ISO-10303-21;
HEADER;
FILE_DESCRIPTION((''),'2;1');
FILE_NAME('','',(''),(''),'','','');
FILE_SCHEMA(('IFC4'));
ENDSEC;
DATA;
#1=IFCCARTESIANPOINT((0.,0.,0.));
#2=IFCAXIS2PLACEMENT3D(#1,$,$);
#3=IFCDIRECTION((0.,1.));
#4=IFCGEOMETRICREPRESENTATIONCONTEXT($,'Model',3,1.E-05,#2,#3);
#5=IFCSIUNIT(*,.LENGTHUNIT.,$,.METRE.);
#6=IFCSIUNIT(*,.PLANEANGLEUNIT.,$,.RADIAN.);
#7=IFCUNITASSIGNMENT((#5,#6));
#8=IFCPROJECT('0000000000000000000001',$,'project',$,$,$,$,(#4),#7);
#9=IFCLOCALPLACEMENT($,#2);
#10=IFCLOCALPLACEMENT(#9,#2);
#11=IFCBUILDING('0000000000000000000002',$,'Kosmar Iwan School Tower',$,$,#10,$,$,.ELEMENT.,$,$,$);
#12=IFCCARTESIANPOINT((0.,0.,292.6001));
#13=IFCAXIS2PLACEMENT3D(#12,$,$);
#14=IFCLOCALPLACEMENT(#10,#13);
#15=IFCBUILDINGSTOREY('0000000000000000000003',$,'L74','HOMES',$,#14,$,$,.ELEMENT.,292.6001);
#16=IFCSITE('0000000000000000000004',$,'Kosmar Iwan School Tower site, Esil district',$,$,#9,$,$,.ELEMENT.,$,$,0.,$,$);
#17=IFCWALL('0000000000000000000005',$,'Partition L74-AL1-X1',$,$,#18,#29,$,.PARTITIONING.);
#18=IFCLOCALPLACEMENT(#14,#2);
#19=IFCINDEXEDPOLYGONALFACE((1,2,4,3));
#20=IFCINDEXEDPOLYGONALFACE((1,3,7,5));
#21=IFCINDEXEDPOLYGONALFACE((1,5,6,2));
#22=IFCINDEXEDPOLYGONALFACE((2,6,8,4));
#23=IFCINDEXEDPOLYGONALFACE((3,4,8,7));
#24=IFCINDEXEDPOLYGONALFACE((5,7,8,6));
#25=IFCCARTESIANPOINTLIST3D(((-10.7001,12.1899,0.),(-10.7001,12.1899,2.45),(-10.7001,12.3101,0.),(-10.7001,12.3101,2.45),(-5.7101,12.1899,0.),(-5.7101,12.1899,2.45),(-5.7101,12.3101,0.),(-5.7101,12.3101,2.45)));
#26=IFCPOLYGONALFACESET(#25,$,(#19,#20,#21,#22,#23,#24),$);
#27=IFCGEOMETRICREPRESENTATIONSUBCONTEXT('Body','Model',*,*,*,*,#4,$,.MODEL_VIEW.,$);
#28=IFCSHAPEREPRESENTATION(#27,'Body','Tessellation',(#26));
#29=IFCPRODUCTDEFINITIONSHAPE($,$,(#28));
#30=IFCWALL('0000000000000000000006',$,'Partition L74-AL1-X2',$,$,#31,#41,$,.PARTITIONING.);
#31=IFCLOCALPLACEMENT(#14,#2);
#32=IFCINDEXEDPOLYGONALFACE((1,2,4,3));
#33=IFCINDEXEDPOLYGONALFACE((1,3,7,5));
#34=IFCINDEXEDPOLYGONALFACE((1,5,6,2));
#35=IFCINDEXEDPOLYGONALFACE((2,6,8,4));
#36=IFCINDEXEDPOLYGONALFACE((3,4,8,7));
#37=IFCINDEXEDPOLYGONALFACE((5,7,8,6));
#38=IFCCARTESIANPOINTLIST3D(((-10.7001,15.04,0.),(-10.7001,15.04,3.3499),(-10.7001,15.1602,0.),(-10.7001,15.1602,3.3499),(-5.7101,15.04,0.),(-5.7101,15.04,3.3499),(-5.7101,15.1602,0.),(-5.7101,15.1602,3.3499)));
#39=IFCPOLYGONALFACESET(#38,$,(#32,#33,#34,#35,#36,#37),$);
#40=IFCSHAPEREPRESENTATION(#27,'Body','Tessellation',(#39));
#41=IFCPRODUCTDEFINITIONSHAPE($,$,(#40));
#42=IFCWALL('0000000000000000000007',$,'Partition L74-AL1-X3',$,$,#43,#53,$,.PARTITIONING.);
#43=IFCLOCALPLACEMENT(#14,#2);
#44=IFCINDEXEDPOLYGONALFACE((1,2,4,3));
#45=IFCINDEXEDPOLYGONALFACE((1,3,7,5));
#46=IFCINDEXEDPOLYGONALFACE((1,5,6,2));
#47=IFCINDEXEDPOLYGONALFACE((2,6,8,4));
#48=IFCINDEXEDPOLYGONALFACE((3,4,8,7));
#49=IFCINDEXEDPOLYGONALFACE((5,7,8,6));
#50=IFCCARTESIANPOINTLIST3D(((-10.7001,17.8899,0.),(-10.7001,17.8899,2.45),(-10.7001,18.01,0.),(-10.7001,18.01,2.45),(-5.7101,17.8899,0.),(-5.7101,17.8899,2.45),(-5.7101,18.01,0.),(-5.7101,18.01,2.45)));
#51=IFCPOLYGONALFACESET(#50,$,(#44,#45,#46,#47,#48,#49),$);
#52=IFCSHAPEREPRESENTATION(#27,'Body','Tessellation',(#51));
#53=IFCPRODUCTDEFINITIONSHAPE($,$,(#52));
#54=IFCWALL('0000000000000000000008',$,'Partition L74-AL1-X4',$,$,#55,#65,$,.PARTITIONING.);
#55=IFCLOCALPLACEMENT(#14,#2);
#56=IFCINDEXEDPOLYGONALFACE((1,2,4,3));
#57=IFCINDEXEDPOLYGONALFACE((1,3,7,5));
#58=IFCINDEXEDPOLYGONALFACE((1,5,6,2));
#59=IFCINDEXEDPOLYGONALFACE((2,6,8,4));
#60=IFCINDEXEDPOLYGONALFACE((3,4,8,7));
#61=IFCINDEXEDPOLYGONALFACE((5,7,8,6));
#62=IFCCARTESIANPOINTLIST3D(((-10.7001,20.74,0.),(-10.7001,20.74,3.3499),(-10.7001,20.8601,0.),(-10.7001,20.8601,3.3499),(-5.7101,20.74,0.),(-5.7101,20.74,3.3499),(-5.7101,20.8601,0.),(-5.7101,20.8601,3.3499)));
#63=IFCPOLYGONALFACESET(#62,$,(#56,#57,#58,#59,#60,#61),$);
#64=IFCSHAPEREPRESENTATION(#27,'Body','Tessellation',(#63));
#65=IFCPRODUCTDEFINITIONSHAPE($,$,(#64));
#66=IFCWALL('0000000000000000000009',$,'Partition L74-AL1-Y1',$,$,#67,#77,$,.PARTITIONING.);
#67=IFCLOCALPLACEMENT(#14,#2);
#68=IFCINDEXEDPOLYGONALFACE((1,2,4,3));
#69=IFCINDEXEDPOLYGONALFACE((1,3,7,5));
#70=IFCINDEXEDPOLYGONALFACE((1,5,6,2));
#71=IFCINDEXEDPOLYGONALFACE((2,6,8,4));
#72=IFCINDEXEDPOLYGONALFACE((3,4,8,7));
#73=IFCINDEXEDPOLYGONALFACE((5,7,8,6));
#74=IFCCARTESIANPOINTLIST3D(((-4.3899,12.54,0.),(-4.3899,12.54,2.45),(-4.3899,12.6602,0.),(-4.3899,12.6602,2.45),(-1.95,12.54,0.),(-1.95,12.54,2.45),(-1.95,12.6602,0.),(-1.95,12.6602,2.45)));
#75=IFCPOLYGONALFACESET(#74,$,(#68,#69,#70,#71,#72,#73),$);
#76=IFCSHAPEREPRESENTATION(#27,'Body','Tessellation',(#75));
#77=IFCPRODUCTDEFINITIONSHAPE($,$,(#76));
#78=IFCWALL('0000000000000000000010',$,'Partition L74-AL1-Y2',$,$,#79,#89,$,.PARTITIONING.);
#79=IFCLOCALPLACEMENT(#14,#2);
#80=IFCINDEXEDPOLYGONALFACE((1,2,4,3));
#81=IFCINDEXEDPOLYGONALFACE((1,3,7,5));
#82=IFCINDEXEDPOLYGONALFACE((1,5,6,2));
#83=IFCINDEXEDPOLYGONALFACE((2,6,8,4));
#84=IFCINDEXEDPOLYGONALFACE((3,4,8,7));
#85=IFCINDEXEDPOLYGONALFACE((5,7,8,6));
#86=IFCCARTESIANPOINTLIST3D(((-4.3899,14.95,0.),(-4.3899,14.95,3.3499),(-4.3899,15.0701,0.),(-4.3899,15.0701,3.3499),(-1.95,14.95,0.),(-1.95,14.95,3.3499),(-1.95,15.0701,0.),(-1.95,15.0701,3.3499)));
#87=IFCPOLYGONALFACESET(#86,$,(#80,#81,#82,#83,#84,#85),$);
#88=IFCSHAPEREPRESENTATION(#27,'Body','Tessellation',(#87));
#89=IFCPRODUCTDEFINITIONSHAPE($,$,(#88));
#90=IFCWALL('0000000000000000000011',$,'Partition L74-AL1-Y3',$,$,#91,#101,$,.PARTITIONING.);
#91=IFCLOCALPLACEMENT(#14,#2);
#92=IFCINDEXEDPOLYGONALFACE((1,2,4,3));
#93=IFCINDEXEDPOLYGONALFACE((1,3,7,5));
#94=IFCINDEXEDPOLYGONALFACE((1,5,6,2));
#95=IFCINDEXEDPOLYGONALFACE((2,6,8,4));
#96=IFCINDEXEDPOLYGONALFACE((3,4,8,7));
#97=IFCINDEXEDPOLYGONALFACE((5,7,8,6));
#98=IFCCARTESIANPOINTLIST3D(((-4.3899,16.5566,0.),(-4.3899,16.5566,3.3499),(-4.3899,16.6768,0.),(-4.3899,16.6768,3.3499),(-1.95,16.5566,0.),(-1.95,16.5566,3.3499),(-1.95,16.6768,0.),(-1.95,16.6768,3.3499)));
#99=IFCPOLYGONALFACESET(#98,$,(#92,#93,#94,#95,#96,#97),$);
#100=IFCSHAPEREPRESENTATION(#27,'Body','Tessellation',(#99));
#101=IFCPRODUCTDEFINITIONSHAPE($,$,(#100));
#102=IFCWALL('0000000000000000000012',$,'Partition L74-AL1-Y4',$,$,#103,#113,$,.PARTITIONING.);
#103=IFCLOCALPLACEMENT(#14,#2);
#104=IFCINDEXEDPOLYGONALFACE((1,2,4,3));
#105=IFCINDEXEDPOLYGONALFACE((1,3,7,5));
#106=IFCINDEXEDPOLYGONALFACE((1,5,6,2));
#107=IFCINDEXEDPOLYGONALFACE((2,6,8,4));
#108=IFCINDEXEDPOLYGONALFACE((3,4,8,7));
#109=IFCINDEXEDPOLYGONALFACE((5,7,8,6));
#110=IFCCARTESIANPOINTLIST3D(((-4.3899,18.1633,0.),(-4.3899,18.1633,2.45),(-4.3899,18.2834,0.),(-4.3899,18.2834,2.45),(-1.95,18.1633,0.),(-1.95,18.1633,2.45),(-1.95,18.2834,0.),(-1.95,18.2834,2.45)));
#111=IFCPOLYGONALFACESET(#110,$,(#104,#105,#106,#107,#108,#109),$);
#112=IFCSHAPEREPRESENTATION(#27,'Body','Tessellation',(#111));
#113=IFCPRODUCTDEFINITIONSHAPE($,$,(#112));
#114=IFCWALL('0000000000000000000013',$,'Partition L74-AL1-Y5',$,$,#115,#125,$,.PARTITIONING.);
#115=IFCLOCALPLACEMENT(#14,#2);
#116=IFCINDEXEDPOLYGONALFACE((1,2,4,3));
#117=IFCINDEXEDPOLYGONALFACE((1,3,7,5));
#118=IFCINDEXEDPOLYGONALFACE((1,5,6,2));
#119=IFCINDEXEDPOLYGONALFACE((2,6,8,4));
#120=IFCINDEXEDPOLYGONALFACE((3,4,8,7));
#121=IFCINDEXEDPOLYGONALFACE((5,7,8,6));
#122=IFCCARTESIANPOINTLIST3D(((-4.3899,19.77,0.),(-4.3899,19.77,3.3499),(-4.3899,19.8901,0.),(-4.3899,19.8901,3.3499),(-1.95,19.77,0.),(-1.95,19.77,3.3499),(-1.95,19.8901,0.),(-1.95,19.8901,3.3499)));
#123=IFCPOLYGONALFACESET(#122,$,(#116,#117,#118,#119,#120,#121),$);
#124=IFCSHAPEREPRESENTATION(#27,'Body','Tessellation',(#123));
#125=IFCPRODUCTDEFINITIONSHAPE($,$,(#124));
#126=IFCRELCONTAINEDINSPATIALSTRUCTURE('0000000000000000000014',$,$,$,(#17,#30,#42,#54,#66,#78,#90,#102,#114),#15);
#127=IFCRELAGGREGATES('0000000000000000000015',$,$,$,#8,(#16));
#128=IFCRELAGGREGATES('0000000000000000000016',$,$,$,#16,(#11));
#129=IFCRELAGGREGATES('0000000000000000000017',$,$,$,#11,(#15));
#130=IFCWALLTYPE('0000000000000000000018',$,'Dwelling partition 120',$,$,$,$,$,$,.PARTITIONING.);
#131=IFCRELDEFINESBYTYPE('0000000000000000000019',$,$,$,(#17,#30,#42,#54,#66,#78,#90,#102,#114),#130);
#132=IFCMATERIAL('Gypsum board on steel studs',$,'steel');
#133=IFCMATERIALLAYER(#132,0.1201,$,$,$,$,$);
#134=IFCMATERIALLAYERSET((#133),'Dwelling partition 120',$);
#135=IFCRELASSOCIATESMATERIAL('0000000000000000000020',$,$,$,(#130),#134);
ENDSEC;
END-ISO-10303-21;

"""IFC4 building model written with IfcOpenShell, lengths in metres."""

from ifc_helpers import new_model, si_unit, direction, frame, frame_2d, origin, place, context, subcontext, project, spatial, rectangle, extrude, material, layer, layer_set, type_object, element, save


model = new_model("IFC4")

# Units and contexts
model_context = context("Model", 3, precision=1e-05, world=origin(), true_north=direction((0.0, 1.0)))
body_context = subcontext(model_context, "Body", "Model", "MODEL_VIEW")
ifc_project = project(units=[si_unit("LENGTHUNIT", "METRE"), si_unit("PLANEANGLEUNIT", "RADIAN")], contexts=[model_context])

# Site, building, storey
site_placement = place(None, origin())
site = spatial("IfcSite", under=ifc_project, at=site_placement, Name="Kosmar Iwan School Tower site, Esil district", CompositionType="ELEMENT", RefElevation=0.0)
building_placement = place(site_placement, origin())
building = spatial("IfcBuilding", under=site, at=building_placement, Name="Kosmar Iwan School Tower", CompositionType="ELEMENT")
storey_placement = place(building_placement, frame((0.0, 0.0, 292.6001)))
storey = spatial("IfcBuildingStorey", under=building, at=storey_placement, Name="L74", Description="HOMES", CompositionType="ELEMENT", Elevation=292.6001)

# Shared definitions
ifc_material_1 = material(Name="Gypsum board on steel studs", Category="steel")
ifc_layer_1 = layer(ifc_material_1, 0.1201)
ifc_layer_set_1 = layer_set([ifc_layer_1], Name="Dwelling partition 120")
wall_type_1 = type_object("IfcWallType", Name="Dwelling partition 120", PredefinedType="PARTITIONING", material=ifc_layer_set_1)

# Walls
wall_1_placement = place(storey_placement, frame((-5.71, 12.25, 0.0), z_axis=(0.0, 0.0, 1.0), x_axis=(-1.0, 0.0, 0.0)))
element("IfcWall", 1, at=wall_1_placement, inside=storey, type_object=wall_type_1, Name="Partition L74-AL1-X1", PredefinedType="PARTITIONING", context=body_context, shape_type="SweptSolid", body=[
    extrude(rectangle(XDim=4.99, YDim=0.1201, at=frame_2d((2.4951, 0.0))), origin(), (0.0, 0.0, 1.0), 2.45),
])
wall_2_placement = place(storey_placement, frame((-5.71, 15.1001, 0.0), z_axis=(0.0, 0.0, 1.0), x_axis=(-1.0, 0.0, 0.0)))
element("IfcWall", 2, at=wall_2_placement, inside=storey, type_object=wall_type_1, Name="Partition L74-AL1-X2", PredefinedType="PARTITIONING", context=body_context, shape_type="SweptSolid", body=[
    extrude(rectangle(XDim=4.99, YDim=0.1201, at=frame_2d((2.4951, 0.0))), origin(), (0.0, 0.0, 1.0), 3.3499),
])
wall_3_placement = place(storey_placement, frame((-5.71, 17.95, 0.0), z_axis=(0.0, 0.0, 1.0), x_axis=(-1.0, 0.0, 0.0)))
element("IfcWall", 3, at=wall_3_placement, inside=storey, type_object=wall_type_1, Name="Partition L74-AL1-X3", PredefinedType="PARTITIONING", context=body_context, shape_type="SweptSolid", body=[
    extrude(rectangle(XDim=4.99, YDim=0.1201, at=frame_2d((2.4951, 0.0))), origin(), (0.0, 0.0, 1.0), 2.45),
])
wall_4_placement = place(storey_placement, frame((-5.71, 20.8, 0.0), z_axis=(0.0, 0.0, 1.0), x_axis=(-1.0, 0.0, 0.0)))
element("IfcWall", 4, at=wall_4_placement, inside=storey, type_object=wall_type_1, Name="Partition L74-AL1-X4", PredefinedType="PARTITIONING", context=body_context, shape_type="SweptSolid", body=[
    extrude(rectangle(XDim=4.99, YDim=0.1201, at=frame_2d((2.4951, 0.0))), origin(), (0.0, 0.0, 1.0), 3.3499),
])
wall_5_placement = place(storey_placement, frame((-1.95, 12.6001, 0.0), z_axis=(0.0, 0.0, 1.0), x_axis=(-1.0, 0.0, 0.0)))
element("IfcWall", 5, at=wall_5_placement, inside=storey, type_object=wall_type_1, Name="Partition L74-AL1-Y1", PredefinedType="PARTITIONING", context=body_context, shape_type="SweptSolid", body=[
    extrude(rectangle(XDim=2.4399, YDim=0.1201, at=frame_2d((1.22, 0.0))), origin(), (0.0, 0.0, 1.0), 2.45),
])
for number, where, z_axis, x_axis, name in (
    (6, (-1.95, 15.01, 0.0), (0.0, 0.0, 1.0), (-1.0, 0.0, 0.0), "Partition L74-AL1-Y2"),
    (7, (-1.95, 16.6167, 0.0), (0.0, 0.0, 1.0), (-1.0, 0.0, 0.0), "Partition L74-AL1-Y3"),
):
    element("IfcWall", number, at=place(storey_placement, frame(where, z_axis=z_axis, x_axis=x_axis)), inside=storey, type_object=wall_type_1, Name=name, PredefinedType="PARTITIONING", context=body_context, shape_type="SweptSolid", body=[
        extrude(rectangle(XDim=2.4399, YDim=0.1201, at=frame_2d((1.22, 0.0))), origin(), (0.0, 0.0, 1.0), 3.3499),
    ])
wall_6_placement = place(storey_placement, frame((-1.95, 18.2234, 0.0), z_axis=(0.0, 0.0, 1.0), x_axis=(-1.0, 0.0, 0.0)))
element("IfcWall", 8, at=wall_6_placement, inside=storey, type_object=wall_type_1, Name="Partition L74-AL1-Y4", PredefinedType="PARTITIONING", context=body_context, shape_type="SweptSolid", body=[
    extrude(rectangle(XDim=2.4399, YDim=0.1201, at=frame_2d((1.22, 0.0))), origin(), (0.0, 0.0, 1.0), 2.45),
])
wall_7_placement = place(storey_placement, frame((-1.95, 19.8301, 0.0), z_axis=(0.0, 0.0, 1.0), x_axis=(-1.0, 0.0, 0.0)))
element("IfcWall", 9, at=wall_7_placement, inside=storey, type_object=wall_type_1, Name="Partition L74-AL1-Y5", PredefinedType="PARTITIONING", context=body_context, shape_type="SweptSolid", body=[
    extrude(rectangle(XDim=2.4399, YDim=0.1201, at=frame_2d((1.22, 0.0))), origin(), (0.0, 0.0, 1.0), 3.3499),
])

save(model, "model.ifc")
